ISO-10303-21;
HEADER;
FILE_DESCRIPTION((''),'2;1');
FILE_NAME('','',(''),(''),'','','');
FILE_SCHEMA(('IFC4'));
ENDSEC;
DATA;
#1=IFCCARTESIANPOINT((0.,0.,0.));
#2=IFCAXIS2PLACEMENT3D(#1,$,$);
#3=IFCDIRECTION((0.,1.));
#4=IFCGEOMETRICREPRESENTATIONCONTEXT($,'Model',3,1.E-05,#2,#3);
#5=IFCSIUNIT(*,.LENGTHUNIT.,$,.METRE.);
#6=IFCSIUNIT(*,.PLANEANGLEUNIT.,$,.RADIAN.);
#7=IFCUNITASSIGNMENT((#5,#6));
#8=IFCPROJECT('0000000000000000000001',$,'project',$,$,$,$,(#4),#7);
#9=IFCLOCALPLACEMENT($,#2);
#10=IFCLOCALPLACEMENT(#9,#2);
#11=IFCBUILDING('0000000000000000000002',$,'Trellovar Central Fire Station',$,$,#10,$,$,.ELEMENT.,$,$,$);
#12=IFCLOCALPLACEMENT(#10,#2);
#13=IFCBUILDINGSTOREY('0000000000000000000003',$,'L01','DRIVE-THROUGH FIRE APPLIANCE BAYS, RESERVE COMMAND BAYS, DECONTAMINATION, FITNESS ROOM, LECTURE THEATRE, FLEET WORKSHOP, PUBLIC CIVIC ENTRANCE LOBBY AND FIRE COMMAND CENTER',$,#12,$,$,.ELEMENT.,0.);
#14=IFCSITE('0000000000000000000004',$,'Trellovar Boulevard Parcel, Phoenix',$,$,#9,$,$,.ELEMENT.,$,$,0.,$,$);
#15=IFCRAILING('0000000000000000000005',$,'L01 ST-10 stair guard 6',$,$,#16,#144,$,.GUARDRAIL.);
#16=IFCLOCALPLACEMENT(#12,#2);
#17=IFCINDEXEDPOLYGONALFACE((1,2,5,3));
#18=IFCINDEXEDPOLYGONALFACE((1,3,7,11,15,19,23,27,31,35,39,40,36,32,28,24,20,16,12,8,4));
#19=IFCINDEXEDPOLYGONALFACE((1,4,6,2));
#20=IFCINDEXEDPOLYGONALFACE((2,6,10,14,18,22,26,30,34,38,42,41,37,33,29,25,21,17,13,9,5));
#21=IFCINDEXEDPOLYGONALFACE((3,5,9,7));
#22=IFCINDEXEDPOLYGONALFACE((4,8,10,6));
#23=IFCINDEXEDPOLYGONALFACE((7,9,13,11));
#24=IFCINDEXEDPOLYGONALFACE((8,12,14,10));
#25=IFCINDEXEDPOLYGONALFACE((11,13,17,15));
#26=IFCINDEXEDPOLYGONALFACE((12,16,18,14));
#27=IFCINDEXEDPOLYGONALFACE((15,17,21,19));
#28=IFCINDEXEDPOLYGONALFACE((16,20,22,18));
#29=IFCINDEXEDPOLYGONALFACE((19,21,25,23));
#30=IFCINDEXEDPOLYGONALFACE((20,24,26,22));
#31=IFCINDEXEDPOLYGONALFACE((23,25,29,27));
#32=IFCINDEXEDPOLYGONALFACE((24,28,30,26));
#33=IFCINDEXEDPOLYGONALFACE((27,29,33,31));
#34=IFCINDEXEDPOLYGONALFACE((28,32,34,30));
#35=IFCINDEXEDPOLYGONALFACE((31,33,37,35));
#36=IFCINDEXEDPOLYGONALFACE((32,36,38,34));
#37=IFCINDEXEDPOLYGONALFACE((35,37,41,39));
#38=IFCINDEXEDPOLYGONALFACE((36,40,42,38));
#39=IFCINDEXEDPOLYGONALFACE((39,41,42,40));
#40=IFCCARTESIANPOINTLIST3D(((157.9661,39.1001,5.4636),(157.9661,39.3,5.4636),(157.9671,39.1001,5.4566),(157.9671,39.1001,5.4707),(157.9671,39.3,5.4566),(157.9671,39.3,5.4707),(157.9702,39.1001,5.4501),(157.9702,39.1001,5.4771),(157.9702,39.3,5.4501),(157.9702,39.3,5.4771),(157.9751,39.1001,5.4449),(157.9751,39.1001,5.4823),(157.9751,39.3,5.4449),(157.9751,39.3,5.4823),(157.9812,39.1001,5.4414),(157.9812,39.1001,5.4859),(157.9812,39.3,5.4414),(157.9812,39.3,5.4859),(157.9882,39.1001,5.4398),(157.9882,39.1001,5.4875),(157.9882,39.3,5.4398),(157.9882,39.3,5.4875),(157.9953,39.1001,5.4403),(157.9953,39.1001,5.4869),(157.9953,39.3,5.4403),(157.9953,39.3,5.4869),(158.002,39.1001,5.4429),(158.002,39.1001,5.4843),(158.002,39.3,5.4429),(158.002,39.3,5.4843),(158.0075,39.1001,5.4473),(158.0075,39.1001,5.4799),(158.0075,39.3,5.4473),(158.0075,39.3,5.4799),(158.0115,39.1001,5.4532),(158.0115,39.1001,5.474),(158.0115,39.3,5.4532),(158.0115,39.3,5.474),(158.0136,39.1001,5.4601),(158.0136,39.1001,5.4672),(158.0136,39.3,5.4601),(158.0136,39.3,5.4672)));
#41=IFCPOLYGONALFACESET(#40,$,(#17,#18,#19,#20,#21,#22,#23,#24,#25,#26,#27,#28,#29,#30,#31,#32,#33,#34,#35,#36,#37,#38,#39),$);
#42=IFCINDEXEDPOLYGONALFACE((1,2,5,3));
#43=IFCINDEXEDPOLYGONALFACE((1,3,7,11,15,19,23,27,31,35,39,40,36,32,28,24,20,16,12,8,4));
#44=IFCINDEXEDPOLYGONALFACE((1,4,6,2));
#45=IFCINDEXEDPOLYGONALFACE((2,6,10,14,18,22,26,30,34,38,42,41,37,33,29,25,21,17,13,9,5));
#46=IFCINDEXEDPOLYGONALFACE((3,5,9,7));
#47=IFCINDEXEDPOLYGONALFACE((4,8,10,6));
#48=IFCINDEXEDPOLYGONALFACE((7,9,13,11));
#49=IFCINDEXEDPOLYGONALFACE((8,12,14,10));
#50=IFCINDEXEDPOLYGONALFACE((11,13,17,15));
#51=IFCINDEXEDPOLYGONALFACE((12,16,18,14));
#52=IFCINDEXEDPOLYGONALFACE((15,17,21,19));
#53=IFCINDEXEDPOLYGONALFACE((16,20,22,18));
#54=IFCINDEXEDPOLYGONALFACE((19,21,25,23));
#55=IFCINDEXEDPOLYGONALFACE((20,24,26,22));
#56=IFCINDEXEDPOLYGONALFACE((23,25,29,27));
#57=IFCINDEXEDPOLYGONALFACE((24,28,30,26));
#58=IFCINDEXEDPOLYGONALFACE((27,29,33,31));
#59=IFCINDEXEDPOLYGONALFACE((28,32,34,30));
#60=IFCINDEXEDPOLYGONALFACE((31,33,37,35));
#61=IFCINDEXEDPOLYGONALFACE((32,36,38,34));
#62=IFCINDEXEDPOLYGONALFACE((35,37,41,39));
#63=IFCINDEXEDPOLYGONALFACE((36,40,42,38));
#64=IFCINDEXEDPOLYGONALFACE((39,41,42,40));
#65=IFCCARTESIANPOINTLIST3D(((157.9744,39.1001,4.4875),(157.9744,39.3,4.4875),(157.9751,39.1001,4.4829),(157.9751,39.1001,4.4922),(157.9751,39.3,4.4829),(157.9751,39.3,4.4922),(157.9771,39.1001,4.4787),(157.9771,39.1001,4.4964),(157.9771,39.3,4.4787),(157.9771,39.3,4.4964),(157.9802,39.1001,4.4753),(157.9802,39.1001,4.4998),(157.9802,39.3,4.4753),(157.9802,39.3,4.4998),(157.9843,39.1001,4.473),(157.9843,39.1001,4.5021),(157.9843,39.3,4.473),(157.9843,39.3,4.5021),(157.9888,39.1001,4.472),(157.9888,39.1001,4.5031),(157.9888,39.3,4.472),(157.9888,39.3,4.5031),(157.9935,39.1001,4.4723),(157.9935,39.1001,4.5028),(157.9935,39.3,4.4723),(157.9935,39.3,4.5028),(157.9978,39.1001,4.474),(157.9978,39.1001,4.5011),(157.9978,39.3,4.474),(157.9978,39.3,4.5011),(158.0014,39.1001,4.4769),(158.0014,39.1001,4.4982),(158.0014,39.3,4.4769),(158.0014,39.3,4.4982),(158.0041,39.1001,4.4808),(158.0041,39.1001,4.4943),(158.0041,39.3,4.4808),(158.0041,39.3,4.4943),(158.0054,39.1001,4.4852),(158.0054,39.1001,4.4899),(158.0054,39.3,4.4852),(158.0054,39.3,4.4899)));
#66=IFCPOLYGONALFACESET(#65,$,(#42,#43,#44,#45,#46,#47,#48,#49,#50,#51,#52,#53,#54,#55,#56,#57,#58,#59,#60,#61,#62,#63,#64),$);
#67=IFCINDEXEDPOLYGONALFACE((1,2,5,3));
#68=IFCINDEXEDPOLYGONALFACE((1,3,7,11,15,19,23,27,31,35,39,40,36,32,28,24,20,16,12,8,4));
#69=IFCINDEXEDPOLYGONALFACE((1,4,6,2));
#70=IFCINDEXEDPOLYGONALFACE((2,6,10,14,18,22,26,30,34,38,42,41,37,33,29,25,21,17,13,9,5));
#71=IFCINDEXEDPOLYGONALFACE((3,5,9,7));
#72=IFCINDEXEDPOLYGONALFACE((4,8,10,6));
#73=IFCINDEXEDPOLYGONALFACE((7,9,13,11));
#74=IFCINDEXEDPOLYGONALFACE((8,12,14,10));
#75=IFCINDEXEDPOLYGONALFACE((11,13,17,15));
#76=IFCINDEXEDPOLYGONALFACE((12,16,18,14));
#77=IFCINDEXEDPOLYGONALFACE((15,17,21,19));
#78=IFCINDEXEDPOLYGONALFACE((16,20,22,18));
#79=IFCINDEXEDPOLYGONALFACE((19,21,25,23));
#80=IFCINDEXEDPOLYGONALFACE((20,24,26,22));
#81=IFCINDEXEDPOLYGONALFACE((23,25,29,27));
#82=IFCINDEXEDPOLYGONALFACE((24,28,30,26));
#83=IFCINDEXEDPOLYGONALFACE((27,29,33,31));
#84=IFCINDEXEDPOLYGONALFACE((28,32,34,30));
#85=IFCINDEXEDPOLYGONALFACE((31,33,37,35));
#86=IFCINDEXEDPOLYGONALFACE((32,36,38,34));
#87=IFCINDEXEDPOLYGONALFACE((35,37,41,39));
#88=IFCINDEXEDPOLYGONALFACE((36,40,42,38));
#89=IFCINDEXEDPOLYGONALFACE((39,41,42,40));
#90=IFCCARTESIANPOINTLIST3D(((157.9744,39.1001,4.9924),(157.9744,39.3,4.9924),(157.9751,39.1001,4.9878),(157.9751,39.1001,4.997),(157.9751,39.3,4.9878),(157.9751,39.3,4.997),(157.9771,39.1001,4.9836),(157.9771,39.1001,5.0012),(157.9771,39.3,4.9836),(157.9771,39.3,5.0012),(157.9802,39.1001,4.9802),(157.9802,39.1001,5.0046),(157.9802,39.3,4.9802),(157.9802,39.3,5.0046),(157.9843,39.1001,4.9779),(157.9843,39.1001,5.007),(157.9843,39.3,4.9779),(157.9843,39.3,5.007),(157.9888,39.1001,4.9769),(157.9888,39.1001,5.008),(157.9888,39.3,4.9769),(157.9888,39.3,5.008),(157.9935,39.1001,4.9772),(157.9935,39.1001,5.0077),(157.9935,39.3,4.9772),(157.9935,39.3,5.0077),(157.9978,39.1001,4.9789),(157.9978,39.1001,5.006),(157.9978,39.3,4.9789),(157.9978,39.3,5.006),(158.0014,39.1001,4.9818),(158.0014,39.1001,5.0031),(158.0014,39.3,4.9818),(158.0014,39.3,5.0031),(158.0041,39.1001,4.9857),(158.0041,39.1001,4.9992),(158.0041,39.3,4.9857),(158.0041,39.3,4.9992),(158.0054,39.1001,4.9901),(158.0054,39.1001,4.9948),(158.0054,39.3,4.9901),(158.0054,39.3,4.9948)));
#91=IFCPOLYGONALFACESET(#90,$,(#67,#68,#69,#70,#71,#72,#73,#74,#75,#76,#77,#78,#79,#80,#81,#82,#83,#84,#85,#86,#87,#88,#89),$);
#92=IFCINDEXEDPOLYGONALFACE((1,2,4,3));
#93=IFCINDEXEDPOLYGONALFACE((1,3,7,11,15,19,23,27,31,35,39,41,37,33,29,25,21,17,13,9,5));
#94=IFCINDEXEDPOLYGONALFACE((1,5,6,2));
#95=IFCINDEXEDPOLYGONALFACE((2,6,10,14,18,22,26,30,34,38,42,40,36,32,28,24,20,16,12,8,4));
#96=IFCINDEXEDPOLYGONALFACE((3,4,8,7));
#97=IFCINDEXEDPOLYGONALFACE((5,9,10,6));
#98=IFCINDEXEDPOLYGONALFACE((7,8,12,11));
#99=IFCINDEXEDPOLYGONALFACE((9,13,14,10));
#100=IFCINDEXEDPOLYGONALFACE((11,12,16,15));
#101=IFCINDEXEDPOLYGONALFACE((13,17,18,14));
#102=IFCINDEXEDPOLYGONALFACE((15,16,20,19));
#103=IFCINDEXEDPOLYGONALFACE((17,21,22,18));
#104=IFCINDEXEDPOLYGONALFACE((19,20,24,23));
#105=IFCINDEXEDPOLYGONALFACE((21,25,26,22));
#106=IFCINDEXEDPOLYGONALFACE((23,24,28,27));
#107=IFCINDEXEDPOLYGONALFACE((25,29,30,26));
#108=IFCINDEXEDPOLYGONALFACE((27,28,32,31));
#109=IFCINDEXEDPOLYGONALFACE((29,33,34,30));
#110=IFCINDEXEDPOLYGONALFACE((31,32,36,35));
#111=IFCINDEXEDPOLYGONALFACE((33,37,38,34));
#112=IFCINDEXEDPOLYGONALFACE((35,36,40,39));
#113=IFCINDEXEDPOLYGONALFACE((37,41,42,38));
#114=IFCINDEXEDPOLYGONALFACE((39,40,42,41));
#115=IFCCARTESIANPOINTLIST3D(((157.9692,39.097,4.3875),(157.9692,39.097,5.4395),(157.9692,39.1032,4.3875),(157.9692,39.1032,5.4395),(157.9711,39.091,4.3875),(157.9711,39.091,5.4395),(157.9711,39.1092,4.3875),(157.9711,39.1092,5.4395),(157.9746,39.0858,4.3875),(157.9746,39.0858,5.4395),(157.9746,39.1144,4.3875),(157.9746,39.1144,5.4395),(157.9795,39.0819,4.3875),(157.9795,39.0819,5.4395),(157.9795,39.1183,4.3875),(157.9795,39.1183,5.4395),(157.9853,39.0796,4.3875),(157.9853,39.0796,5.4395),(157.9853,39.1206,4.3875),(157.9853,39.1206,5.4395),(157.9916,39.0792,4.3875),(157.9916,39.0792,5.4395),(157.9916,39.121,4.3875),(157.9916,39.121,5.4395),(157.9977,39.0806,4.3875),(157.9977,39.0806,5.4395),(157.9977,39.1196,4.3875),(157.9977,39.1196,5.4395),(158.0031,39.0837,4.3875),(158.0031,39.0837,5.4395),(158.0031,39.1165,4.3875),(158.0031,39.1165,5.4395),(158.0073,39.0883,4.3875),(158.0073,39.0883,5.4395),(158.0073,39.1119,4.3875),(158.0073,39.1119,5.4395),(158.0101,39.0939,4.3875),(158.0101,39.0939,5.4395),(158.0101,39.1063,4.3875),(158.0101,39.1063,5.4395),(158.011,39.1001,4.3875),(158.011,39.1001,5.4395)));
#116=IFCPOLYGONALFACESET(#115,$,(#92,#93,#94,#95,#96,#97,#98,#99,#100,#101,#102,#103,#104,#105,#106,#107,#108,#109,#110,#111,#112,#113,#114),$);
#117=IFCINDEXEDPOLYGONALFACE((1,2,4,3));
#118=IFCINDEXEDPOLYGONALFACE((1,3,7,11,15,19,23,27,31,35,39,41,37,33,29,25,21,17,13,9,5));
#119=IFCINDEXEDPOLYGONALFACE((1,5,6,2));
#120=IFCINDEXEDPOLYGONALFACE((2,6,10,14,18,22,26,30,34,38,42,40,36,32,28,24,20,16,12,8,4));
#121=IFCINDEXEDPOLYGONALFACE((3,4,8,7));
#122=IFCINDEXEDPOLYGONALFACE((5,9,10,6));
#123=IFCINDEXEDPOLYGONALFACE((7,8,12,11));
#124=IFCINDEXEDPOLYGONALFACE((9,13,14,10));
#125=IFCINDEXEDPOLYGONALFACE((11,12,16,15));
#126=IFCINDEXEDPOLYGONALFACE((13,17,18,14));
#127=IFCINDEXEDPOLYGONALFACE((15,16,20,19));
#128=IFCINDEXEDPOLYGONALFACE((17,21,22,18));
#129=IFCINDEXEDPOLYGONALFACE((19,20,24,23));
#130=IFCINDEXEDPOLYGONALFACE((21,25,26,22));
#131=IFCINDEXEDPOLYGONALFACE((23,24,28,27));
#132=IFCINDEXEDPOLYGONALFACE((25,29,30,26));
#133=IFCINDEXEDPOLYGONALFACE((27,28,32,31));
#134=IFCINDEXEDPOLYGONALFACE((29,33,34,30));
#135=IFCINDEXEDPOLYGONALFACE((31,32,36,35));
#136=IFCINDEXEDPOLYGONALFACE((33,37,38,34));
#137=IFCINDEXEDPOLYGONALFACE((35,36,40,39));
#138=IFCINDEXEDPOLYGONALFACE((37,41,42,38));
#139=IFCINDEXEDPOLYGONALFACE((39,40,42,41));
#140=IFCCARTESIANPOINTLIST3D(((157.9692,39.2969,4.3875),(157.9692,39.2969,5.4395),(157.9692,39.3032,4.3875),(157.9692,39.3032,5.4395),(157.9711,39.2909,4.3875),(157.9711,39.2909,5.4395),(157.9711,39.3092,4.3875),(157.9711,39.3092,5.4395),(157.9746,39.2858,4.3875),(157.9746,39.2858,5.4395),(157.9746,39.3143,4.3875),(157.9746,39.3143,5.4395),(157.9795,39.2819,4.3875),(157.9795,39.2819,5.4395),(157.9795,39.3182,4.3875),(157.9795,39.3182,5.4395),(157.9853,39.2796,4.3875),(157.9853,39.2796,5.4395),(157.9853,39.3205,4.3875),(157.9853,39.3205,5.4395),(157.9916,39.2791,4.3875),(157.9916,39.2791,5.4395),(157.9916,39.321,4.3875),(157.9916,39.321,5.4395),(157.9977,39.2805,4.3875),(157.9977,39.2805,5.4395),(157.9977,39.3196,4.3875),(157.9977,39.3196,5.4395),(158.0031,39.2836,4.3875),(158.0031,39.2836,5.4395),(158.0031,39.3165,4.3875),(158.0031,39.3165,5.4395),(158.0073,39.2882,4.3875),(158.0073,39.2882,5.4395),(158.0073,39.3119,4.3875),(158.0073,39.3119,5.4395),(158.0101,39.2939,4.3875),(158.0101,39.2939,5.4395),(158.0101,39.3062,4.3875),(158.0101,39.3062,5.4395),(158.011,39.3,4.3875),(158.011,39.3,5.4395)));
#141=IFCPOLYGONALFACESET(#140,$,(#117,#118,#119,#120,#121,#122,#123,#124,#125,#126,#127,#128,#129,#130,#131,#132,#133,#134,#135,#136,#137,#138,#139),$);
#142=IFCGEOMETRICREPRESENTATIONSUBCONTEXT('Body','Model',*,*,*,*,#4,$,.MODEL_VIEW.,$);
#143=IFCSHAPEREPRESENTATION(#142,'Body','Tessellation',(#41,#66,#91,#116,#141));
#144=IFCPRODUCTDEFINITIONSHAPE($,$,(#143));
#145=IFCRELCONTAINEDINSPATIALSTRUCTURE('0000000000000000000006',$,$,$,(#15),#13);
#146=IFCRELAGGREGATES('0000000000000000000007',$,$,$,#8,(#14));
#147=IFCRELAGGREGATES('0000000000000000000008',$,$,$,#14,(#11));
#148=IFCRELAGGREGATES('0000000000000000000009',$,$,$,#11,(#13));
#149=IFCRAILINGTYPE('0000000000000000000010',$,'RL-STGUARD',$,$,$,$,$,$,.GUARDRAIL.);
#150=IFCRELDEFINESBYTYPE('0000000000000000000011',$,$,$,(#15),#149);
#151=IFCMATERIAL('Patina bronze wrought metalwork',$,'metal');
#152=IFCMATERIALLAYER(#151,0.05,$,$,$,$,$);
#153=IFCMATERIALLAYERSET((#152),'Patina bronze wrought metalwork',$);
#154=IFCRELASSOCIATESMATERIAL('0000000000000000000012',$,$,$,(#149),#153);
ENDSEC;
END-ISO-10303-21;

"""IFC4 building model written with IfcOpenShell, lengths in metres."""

from ifc_helpers import new_model, si_unit, direction, frame, origin, origin_2d, place, context, subcontext, project, spatial, circle, extrude, material, layer, layer_set, type_object, element, save


model = new_model("IFC4")

# Units and contexts
model_context = context("Model", 3, precision=1e-05, world=origin(), true_north=direction((0.0, 1.0)))
body_context = subcontext(model_context, "Body", "Model", "MODEL_VIEW")
ifc_project = project(units=[si_unit("LENGTHUNIT", "METRE"), si_unit("PLANEANGLEUNIT", "RADIAN")], contexts=[model_context])

# Site, building, storey
site_placement = place(None, origin())
site = spatial("IfcSite", under=ifc_project, at=site_placement, Name="Trellovar Boulevard Parcel, Phoenix", CompositionType="ELEMENT", RefElevation=0.0)
building_placement = place(site_placement, origin())
building = spatial("IfcBuilding", under=site, at=building_placement, Name="Trellovar Central Fire Station", CompositionType="ELEMENT")
storey_placement = place(building_placement, origin())
storey = spatial("IfcBuildingStorey", under=building, at=storey_placement, Name="L01", Description="DRIVE-THROUGH FIRE APPLIANCE BAYS, RESERVE COMMAND BAYS, DECONTAMINATION, FITNESS ROOM, LECTURE THEATRE, FLEET WORKSHOP, PUBLIC CIVIC ENTRANCE LOBBY AND FIRE COMMAND CENTER", CompositionType="ELEMENT", Elevation=0.0)

# Railing
ifc_material_1 = material(Name="Patina bronze wrought metalwork", Category="metal")
ifc_layer_1 = layer(ifc_material_1, 0.05)
ifc_layer_set_1 = layer_set([ifc_layer_1], Name="Patina bronze wrought metalwork")
railing_type_1 = type_object("IfcRailingType", Name="RL-STGUARD", PredefinedType="GUARDRAIL", material=ifc_layer_set_1)
for number, where, name in (
    (1, (157.99, 39.1001, 4.3875), "L01 ST-10 stair guard 6"),
):
    element("IfcRailing", number, at=place(storey_placement, frame(where)), inside=storey, type_object=railing_type_1, Name=name, PredefinedType="GUARDRAIL", context=body_context, shape_type="SweptSolid", body=[
        extrude(circle(Radius=0.0239, at=origin_2d()), frame((0.0, 0.0, 1.0762), z_axis=(0.0, 1.0, 0.0), x_axis=(-1.0, 0.0, 0.0)), (0.0, 0.0, 1.0), 0.2),
        extrude(circle(Radius=0.0156, at=origin_2d()), frame((0.0, 0.0, 0.1001), z_axis=(0.0, 1.0, 0.0), x_axis=(-1.0, 0.0, 0.0)), (0.0, 0.0, 1.0), 0.2),
        extrude(circle(Radius=0.0156, at=origin_2d()), frame((0.0, 0.0, 0.605), z_axis=(0.0, 1.0, 0.0), x_axis=(-1.0, 0.0, 0.0)), (0.0, 0.0, 1.0), 0.2),
        extrude(circle(Radius=0.021, at=origin_2d()), origin(), (0.0, 0.0, 1.0), 1.052),
        extrude(circle(Radius=0.021, at=origin_2d()), frame((0.0, 0.2, 0.0)), (0.0, 0.0, 1.0), 1.052),
    ])

save(model, "model.ifc")
